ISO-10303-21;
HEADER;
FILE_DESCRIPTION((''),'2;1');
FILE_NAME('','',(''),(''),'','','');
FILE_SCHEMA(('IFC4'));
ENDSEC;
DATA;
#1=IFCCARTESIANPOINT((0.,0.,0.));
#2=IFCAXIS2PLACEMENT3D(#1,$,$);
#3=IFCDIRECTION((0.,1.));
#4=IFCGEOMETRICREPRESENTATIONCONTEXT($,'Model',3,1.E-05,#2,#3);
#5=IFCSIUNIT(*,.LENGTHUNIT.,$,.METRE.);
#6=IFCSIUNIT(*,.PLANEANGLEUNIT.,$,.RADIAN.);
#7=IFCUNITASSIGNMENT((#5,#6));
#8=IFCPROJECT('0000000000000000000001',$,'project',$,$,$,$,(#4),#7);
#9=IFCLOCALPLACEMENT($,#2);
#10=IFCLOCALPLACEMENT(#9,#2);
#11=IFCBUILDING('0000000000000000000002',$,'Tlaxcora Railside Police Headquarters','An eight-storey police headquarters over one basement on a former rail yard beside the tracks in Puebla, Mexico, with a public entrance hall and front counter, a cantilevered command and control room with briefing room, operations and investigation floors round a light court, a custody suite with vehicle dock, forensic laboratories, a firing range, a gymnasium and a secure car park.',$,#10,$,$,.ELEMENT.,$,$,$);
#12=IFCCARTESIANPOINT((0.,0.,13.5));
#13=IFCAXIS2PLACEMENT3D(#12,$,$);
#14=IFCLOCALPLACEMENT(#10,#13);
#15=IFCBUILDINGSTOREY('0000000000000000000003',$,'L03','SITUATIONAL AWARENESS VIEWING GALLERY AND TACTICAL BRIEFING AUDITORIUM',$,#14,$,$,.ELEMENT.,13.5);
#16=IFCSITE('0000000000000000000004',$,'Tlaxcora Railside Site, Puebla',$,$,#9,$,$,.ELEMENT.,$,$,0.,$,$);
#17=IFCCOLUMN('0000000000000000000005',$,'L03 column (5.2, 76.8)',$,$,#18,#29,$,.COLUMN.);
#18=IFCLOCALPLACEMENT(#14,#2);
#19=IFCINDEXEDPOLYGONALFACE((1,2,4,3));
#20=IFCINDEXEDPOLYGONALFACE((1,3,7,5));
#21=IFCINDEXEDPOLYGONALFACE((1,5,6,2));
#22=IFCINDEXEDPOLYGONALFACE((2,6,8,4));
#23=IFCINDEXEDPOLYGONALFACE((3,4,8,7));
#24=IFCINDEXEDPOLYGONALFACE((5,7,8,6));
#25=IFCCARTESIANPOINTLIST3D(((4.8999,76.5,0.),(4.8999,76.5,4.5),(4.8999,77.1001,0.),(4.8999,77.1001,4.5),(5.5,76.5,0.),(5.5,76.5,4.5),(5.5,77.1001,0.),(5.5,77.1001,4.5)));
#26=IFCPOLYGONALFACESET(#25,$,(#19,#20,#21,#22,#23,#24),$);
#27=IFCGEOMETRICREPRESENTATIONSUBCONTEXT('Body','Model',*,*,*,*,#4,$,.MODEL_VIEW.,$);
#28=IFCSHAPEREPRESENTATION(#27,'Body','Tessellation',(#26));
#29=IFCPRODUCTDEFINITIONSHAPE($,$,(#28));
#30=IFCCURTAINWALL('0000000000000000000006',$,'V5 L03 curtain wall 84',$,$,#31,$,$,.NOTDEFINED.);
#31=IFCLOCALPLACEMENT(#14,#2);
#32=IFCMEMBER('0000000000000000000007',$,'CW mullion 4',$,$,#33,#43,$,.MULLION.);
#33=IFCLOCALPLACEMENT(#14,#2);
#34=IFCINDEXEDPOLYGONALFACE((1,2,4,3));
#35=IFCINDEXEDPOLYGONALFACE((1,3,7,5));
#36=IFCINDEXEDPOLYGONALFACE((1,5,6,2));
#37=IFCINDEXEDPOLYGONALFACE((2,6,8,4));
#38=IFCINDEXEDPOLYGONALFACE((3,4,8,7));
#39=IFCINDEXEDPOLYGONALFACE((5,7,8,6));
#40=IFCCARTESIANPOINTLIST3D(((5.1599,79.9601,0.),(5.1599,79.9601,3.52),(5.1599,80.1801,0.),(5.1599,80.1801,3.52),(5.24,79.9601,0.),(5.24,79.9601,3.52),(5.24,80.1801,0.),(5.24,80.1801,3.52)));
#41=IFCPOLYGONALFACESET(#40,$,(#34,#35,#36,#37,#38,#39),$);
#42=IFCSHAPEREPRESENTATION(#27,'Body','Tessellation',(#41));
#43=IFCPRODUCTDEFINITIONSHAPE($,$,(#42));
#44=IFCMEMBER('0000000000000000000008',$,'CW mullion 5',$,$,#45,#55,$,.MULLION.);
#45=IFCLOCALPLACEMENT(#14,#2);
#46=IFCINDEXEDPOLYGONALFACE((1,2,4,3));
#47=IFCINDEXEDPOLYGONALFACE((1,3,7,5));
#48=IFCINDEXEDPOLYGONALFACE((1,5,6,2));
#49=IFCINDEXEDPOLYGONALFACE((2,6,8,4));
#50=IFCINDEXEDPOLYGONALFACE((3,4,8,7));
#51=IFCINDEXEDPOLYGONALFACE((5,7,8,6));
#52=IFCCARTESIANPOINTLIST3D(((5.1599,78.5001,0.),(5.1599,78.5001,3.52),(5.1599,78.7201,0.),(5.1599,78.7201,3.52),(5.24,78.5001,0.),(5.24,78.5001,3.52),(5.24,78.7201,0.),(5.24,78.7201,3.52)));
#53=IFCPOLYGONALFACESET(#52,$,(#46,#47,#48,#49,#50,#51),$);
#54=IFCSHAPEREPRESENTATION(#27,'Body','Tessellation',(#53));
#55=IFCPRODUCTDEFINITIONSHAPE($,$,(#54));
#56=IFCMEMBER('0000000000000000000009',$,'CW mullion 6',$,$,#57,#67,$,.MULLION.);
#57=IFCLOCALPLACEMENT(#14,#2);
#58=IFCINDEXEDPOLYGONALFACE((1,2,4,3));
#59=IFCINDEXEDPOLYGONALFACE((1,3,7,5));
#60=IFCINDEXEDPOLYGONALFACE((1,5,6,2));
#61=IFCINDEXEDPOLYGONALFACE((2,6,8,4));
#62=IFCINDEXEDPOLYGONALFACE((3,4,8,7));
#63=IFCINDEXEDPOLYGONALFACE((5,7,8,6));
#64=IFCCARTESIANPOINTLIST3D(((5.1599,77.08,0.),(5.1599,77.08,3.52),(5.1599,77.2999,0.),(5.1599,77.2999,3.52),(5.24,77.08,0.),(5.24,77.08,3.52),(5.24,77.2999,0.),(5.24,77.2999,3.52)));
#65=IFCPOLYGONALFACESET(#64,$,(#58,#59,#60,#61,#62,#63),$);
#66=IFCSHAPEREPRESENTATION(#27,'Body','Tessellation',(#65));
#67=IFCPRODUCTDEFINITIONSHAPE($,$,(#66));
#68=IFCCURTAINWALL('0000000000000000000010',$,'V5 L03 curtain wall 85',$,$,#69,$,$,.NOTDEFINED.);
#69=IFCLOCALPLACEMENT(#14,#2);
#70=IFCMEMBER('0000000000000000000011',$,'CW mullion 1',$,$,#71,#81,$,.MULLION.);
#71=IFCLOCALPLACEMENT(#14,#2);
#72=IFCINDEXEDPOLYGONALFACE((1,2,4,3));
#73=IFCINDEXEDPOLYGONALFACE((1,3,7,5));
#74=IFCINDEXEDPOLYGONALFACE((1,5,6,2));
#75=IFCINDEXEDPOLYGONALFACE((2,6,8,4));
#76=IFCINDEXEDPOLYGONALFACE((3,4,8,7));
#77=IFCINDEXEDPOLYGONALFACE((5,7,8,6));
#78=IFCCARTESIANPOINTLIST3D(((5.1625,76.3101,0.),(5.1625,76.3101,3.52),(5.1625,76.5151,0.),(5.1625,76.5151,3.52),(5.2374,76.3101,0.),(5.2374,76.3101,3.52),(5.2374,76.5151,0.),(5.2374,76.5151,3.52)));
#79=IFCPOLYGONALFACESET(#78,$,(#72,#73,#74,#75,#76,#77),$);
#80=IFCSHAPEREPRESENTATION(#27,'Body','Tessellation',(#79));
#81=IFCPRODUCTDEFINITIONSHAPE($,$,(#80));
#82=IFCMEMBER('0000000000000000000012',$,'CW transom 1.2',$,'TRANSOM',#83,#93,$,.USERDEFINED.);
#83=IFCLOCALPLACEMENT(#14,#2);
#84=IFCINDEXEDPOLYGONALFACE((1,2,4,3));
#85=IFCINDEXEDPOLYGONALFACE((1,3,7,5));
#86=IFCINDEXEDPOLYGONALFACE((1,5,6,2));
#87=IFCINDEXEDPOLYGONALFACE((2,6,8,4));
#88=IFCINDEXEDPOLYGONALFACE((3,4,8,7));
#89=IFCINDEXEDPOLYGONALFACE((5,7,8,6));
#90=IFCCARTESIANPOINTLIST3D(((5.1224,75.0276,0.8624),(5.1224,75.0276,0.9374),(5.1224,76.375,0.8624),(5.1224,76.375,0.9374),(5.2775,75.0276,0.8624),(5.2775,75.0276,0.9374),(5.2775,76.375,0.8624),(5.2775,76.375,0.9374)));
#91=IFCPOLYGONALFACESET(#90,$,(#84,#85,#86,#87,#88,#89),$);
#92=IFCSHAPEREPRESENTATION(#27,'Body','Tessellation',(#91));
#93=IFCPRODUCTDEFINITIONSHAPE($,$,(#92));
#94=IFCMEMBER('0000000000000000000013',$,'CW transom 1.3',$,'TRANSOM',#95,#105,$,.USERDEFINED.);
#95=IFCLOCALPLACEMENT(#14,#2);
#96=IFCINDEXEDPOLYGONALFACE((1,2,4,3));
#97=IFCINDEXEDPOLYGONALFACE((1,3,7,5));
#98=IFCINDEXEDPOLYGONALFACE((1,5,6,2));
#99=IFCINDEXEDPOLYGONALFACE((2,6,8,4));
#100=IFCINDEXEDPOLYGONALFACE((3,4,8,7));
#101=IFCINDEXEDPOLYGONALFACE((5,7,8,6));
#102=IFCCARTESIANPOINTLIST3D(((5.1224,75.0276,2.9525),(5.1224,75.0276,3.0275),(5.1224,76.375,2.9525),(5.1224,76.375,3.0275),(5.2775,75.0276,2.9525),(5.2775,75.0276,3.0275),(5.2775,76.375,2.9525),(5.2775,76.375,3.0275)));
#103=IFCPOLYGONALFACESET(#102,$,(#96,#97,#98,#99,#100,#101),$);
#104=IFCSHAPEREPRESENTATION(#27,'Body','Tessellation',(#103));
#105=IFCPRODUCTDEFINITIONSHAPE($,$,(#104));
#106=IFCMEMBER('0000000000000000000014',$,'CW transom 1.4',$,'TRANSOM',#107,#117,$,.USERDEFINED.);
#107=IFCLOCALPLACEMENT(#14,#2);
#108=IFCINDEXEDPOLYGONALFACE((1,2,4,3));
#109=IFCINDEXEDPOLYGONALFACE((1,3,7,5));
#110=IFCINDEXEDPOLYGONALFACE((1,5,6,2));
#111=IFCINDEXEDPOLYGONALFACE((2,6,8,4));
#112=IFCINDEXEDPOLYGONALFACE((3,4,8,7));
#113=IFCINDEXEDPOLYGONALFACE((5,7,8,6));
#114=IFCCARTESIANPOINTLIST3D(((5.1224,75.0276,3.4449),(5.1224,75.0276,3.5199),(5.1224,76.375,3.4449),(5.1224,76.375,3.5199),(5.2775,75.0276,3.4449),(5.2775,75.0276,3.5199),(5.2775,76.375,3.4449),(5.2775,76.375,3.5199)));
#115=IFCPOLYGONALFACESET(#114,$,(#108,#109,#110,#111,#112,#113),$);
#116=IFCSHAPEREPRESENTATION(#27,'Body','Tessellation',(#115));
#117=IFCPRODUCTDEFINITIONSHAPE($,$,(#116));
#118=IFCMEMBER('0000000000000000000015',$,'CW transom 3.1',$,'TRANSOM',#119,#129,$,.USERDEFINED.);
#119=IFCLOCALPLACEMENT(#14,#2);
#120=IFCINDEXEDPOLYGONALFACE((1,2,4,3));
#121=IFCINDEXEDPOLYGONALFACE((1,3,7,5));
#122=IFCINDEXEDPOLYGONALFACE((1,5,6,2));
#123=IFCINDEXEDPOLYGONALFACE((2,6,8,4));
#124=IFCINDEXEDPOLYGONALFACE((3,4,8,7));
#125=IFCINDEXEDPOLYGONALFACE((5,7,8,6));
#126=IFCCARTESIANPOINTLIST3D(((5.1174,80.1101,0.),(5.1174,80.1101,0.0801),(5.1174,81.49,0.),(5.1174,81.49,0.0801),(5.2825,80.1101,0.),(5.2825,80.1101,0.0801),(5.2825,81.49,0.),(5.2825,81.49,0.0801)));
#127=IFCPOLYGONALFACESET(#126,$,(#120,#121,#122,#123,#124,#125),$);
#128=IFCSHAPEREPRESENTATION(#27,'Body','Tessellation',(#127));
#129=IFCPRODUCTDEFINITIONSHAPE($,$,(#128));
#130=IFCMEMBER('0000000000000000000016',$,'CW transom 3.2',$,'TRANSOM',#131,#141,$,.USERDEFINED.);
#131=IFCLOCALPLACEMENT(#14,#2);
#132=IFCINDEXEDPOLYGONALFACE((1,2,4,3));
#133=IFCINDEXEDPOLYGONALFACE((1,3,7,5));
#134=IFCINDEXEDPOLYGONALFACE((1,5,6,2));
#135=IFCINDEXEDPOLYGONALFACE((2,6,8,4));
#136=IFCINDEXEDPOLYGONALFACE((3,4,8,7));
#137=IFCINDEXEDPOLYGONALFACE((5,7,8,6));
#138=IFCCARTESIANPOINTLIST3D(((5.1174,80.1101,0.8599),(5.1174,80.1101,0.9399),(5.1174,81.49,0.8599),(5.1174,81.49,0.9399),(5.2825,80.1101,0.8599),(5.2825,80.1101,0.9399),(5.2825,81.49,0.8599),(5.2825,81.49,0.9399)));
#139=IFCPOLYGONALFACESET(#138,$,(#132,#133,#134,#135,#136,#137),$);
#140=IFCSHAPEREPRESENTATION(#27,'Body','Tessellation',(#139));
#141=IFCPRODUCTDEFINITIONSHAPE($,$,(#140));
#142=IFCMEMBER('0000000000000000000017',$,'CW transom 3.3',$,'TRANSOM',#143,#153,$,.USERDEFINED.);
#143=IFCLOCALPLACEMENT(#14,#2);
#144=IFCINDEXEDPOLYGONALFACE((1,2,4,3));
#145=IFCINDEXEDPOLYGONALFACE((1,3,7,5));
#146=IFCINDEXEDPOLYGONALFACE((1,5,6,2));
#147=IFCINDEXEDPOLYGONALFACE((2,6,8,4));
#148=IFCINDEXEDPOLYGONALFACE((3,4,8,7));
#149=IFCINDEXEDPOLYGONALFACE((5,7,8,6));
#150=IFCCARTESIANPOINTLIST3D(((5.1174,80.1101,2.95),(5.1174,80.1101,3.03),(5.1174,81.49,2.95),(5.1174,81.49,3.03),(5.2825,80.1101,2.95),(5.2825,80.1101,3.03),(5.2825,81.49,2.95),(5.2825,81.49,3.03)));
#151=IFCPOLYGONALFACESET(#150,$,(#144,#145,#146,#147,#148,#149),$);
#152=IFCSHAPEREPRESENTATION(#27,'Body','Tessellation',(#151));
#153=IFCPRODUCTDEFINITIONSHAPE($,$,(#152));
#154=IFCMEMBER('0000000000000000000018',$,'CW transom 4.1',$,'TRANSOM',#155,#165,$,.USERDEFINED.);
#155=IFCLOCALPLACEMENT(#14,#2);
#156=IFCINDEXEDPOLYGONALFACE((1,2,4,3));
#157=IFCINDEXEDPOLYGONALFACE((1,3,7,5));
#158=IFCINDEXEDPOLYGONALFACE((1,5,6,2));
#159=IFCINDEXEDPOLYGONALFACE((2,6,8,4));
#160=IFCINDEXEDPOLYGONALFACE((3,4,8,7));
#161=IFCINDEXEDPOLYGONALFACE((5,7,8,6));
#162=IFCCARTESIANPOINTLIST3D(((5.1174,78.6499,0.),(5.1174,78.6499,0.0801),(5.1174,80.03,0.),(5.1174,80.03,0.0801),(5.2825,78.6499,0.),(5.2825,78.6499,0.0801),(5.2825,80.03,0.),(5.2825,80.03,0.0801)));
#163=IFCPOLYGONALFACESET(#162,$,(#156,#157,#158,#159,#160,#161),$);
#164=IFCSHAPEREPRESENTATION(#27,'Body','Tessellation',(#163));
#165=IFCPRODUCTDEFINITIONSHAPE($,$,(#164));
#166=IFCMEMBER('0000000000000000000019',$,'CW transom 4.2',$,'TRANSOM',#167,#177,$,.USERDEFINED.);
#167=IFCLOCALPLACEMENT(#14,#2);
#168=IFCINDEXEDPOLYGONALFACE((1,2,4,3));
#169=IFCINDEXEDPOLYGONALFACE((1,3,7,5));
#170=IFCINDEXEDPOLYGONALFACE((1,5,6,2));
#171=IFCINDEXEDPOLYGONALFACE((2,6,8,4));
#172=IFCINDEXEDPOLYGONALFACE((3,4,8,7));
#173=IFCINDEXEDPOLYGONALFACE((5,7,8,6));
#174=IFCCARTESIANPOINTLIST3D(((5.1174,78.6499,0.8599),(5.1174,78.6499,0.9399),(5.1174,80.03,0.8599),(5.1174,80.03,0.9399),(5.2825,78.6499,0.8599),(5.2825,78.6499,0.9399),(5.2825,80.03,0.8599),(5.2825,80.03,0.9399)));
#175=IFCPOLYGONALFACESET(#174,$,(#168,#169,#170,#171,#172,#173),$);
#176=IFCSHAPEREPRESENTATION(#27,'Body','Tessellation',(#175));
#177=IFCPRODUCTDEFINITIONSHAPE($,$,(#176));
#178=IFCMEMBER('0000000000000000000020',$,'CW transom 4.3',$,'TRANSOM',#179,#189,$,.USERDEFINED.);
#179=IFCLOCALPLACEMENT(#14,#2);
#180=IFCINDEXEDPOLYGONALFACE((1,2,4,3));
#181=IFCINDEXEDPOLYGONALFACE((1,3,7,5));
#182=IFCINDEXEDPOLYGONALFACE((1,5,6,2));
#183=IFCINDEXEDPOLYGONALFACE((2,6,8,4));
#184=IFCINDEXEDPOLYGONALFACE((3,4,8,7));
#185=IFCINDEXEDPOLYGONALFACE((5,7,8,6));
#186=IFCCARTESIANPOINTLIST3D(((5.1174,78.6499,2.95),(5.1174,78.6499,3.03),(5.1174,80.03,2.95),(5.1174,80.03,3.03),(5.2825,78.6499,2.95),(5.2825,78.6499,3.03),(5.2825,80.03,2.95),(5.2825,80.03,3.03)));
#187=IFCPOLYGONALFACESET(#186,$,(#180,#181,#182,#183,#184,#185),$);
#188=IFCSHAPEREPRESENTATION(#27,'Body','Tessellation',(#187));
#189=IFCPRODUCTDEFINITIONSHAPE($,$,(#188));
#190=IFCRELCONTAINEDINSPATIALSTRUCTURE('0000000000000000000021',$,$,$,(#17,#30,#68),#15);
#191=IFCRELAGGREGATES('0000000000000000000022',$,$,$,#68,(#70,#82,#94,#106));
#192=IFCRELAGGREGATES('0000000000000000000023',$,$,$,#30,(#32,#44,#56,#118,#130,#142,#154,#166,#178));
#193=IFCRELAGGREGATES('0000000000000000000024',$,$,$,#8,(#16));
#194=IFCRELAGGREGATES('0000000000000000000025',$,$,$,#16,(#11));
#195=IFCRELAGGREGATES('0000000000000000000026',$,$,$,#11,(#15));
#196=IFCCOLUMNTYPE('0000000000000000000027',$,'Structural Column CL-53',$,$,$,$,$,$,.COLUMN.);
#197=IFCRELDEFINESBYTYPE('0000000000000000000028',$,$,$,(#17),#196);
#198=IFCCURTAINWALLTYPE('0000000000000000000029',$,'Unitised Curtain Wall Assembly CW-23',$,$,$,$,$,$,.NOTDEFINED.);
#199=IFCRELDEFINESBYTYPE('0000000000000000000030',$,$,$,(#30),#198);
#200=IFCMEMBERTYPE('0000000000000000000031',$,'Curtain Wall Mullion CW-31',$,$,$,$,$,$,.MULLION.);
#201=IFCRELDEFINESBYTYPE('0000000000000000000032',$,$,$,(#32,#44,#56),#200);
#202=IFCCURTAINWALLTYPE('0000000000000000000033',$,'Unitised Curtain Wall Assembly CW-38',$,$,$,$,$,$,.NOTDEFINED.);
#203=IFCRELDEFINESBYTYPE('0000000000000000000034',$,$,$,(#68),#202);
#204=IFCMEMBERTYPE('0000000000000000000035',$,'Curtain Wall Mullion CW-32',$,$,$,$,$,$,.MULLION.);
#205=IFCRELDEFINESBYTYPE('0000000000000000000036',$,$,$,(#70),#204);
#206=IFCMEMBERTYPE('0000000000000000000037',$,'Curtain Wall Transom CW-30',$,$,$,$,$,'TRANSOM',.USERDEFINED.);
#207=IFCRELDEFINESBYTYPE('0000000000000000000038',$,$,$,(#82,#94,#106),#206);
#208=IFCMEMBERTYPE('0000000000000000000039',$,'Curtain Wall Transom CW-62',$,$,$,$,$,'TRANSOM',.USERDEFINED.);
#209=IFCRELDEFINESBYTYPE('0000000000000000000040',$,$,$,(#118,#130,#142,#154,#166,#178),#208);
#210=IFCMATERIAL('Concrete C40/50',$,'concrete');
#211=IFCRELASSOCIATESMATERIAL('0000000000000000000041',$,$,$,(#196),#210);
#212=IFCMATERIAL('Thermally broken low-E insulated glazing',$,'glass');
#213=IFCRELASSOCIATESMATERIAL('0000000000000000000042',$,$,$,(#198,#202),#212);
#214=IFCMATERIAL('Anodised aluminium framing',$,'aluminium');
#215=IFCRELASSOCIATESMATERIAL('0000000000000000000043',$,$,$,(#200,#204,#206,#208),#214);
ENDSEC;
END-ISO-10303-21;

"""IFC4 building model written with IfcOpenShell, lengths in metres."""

from ifc_helpers import new_model, si_unit, direction, frame, origin, origin_2d, place, context, subcontext, project, spatial, rectangle, extrude, material, material_profile, profile_set, type_object, element, aggregate, save


model = new_model("IFC4")

# Units and contexts
model_context = context("Model", 3, precision=1e-05, world=origin(), true_north=direction((0.0, 1.0)))
body_context = subcontext(model_context, "Body", "Model", "MODEL_VIEW")
ifc_project = project(units=[si_unit("LENGTHUNIT", "METRE"), si_unit("PLANEANGLEUNIT", "RADIAN")], contexts=[model_context])

# Site, building, storey
site_placement = place(None, origin())
site = spatial("IfcSite", under=ifc_project, at=site_placement, Name="Tlaxcora Railside Site, Puebla", CompositionType="ELEMENT", RefElevation=0.0)
building_placement = place(site_placement, origin())
building = spatial("IfcBuilding", under=site, at=building_placement, Name="Tlaxcora Railside Police Headquarters", Description="An eight-storey police headquarters over one basement on a former rail yard beside the tracks in Puebla, Mexico, with a public entrance hall and front counter, a cantilevered command and control room with briefing room, operations and investigation floors round a light court, a custody suite with vehicle dock, forensic laboratories, a firing range, a gymnasium and a secure car park.", CompositionType="ELEMENT")
storey_placement = place(building_placement, frame((0.0, 0.0, 13.5)))
storey = spatial("IfcBuildingStorey", under=building, at=storey_placement, Name="L03", Description="SITUATIONAL AWARENESS VIEWING GALLERY AND TACTICAL BRIEFING AUDITORIUM", CompositionType="ELEMENT", Elevation=13.5)

# Column
ifc_material_1 = material(Name="Concrete C40/50", Category="concrete")
ifc_material_profile_1 = material_profile(ifc_material_1, rectangle(XDim=0.6001, YDim=0.6001, at=origin_2d()), Name="RC600X600")
ifc_profile_set_1 = profile_set([ifc_material_profile_1], Name="Concrete C40/50")
column_type = type_object("IfcColumnType", Name="Structural Column CL-53", PredefinedType="COLUMN", material=ifc_profile_set_1)
column_placement = place(storey_placement, frame((5.2, 76.8, 0.0), z_axis=(0.0, 0.0, 1.0), x_axis=(1.0, 0.0, 0.0)))
element("IfcColumn", 1, at=column_placement, inside=storey, type_object=column_type, Name="L03 column (5.2, 76.8)", PredefinedType="COLUMN", context=body_context, shape_type="SweptSolid", body=[
    extrude(rectangle(XDim=0.6001, YDim=0.6001, at=origin_2d()), origin(), (0.0, 0.0, 1.0), 4.5),
])

# Curtain walls, members
ifc_material_2 = material(Name="Thermally broken low-E insulated glazing", Category="glass")
curtain_wall_type_1 = type_object("IfcCurtainWallType", Name="Unitised Curtain Wall Assembly CW-23", PredefinedType="NOTDEFINED", material=ifc_material_2)
curtain_wall_1_placement = place(storey_placement, origin())
curtain_wall_1 = element("IfcCurtainWall", 2, at=curtain_wall_1_placement, inside=storey, type_object=curtain_wall_type_1, Name="V5 L03 curtain wall 84", PredefinedType="NOTDEFINED")
ifc_material_3 = material(Name="Anodised aluminium framing", Category="aluminium")
ifc_material_profile_2 = material_profile(ifc_material_3, rectangle(XDim=0.0801, YDim=0.22, at=origin_2d()), Name="AL80X220")
ifc_profile_set_2 = profile_set([ifc_material_profile_2], Name="Anodised aluminium framing")
member_type_1 = type_object("IfcMemberType", Name="Curtain Wall Mullion CW-31", PredefinedType="MULLION", material=ifc_profile_set_2)
member_1_placement = place(storey_placement, frame((5.2, 80.0701, 0.0), z_axis=(0.0, 0.0, 1.0), x_axis=(1.0, 0.0, 0.0)))
member_1 = element("IfcMember", 3, at=member_1_placement, type_object=member_type_1, Name="CW mullion 4", PredefinedType="MULLION", context=body_context, shape_type="SweptSolid", body=[
    extrude(rectangle(XDim=0.0801, YDim=0.22, at=origin_2d()), origin(), (0.0, 0.0, 1.0), 3.52),
])
member_2_placement = place(storey_placement, frame((5.2, 78.6101, 0.0), z_axis=(0.0, 0.0, 1.0), x_axis=(1.0, 0.0, 0.0)))
member_2 = element("IfcMember", 4, at=member_2_placement, type_object=member_type_1, Name="CW mullion 5", PredefinedType="MULLION", context=body_context, shape_type="SweptSolid", body=[
    extrude(rectangle(XDim=0.0801, YDim=0.22, at=origin_2d()), origin(), (0.0, 0.0, 1.0), 3.52),
])
member_3_placement = place(storey_placement, frame((5.2, 77.1899, 0.0), z_axis=(0.0, 0.0, 1.0), x_axis=(1.0, 0.0, 0.0)))
member_3 = element("IfcMember", 5, at=member_3_placement, type_object=member_type_1, Name="CW mullion 6", PredefinedType="MULLION", context=body_context, shape_type="SweptSolid", body=[
    extrude(rectangle(XDim=0.0801, YDim=0.22, at=origin_2d()), origin(), (0.0, 0.0, 1.0), 3.52),
])
curtain_wall_type_2 = type_object("IfcCurtainWallType", Name="Unitised Curtain Wall Assembly CW-38", PredefinedType="NOTDEFINED", material=ifc_material_2)
curtain_wall_2_placement = place(storey_placement, origin())
curtain_wall_2 = element("IfcCurtainWall", 6, at=curtain_wall_2_placement, inside=storey, type_object=curtain_wall_type_2, Name="V5 L03 curtain wall 85", PredefinedType="NOTDEFINED")
ifc_material_profile_3 = material_profile(ifc_material_3, rectangle(XDim=0.075, YDim=0.2051, at=origin_2d()), Name="AL75X205")
ifc_profile_set_3 = profile_set([ifc_material_profile_3], Name="Anodised aluminium framing")
member_type_2 = type_object("IfcMemberType", Name="Curtain Wall Mullion CW-32", PredefinedType="MULLION", material=ifc_profile_set_3)
member_4_placement = place(storey_placement, frame((5.2, 76.4126, 0.0), z_axis=(0.0, 0.0, 1.0), x_axis=(1.0, 0.0, 0.0)))
member_4 = element("IfcMember", 7, at=member_4_placement, type_object=member_type_2, Name="CW mullion 1", PredefinedType="MULLION", context=body_context, shape_type="SweptSolid", body=[
    extrude(rectangle(XDim=0.075, YDim=0.2051, at=origin_2d()), origin(), (0.0, 0.0, 1.0), 3.52),
])
ifc_material_profile_4 = material_profile(ifc_material_3, rectangle(XDim=0.155, YDim=0.075, at=origin_2d()), Name="AL75X155")
ifc_profile_set_4 = profile_set([ifc_material_profile_4], Name="Anodised aluminium framing")
member_type_3 = type_object("IfcMemberType", Name="Curtain Wall Transom CW-30", ElementType="TRANSOM", PredefinedType="USERDEFINED", material=ifc_profile_set_4)
member_5_placement = place(storey_placement, frame((5.2, 76.375, 0.8999), z_axis=(0.0, -1.0, 0.0), x_axis=(1.0, 0.0, 0.0)))
member_5 = element("IfcMember", 8, at=member_5_placement, type_object=member_type_3, Name="CW transom 1.2", ObjectType="TRANSOM", PredefinedType="USERDEFINED", context=body_context, shape_type="SweptSolid", body=[
    extrude(rectangle(XDim=0.155, YDim=0.075, at=origin_2d()), origin(), (0.0, 0.0, 1.0), 1.3474),
])
member_6_placement = place(storey_placement, frame((5.2, 76.375, 2.99), z_axis=(0.0, -1.0, 0.0), x_axis=(1.0, 0.0, 0.0)))
member_6 = element("IfcMember", 9, at=member_6_placement, type_object=member_type_3, Name="CW transom 1.3", ObjectType="TRANSOM", PredefinedType="USERDEFINED", context=body_context, shape_type="SweptSolid", body=[
    extrude(rectangle(XDim=0.155, YDim=0.075, at=origin_2d()), origin(), (0.0, 0.0, 1.0), 1.3474),
])
member_7_placement = place(storey_placement, frame((5.2, 76.375, 3.4824), z_axis=(0.0, -1.0, 0.0), x_axis=(1.0, 0.0, 0.0)))
member_7 = element("IfcMember", 10, at=member_7_placement, type_object=member_type_3, Name="CW transom 1.4", ObjectType="TRANSOM", PredefinedType="USERDEFINED", context=body_context, shape_type="SweptSolid", body=[
    extrude(rectangle(XDim=0.155, YDim=0.075, at=origin_2d()), origin(), (0.0, 0.0, 1.0), 1.3474),
])
aggregate(curtain_wall_2, [member_4, member_5, member_6, member_7])

# Members
ifc_material_profile_5 = material_profile(ifc_material_3, rectangle(XDim=0.165, YDim=0.0801, at=origin_2d()), Name="AL80X165")
ifc_profile_set_5 = profile_set([ifc_material_profile_5], Name="Anodised aluminium framing")
member_type_4 = type_object("IfcMemberType", Name="Curtain Wall Transom CW-62", ElementType="TRANSOM", PredefinedType="USERDEFINED", material=ifc_profile_set_5)
member_8_placement = place(storey_placement, frame((5.2, 81.49, 0.04), z_axis=(0.0, -1.0, 0.0), x_axis=(1.0, 0.0, 0.0)))
member_8 = element("IfcMember", 11, at=member_8_placement, type_object=member_type_4, Name="CW transom 3.1", ObjectType="TRANSOM", PredefinedType="USERDEFINED", context=body_context, shape_type="SweptSolid", body=[
    extrude(rectangle(XDim=0.165, YDim=0.0801, at=origin_2d()), origin(), (0.0, 0.0, 1.0), 1.3799),
])
member_9_placement = place(storey_placement, frame((5.2, 81.49, 0.8999), z_axis=(0.0, -1.0, 0.0), x_axis=(1.0, 0.0, 0.0)))
member_9 = element("IfcMember", 12, at=member_9_placement, type_object=member_type_4, Name="CW transom 3.2", ObjectType="TRANSOM", PredefinedType="USERDEFINED", context=body_context, shape_type="SweptSolid", body=[
    extrude(rectangle(XDim=0.165, YDim=0.0801, at=origin_2d()), origin(), (0.0, 0.0, 1.0), 1.3799),
])
member_10_placement = place(storey_placement, frame((5.2, 81.49, 2.99), z_axis=(0.0, -1.0, 0.0), x_axis=(1.0, 0.0, 0.0)))
member_10 = element("IfcMember", 13, at=member_10_placement, type_object=member_type_4, Name="CW transom 3.3", ObjectType="TRANSOM", PredefinedType="USERDEFINED", context=body_context, shape_type="SweptSolid", body=[
    extrude(rectangle(XDim=0.165, YDim=0.0801, at=origin_2d()), origin(), (0.0, 0.0, 1.0), 1.3799),
])
member_11_placement = place(storey_placement, frame((5.2, 80.03, 0.04), z_axis=(0.0, -1.0, 0.0), x_axis=(1.0, 0.0, 0.0)))
member_11 = element("IfcMember", 14, at=member_11_placement, type_object=member_type_4, Name="CW transom 4.1", ObjectType="TRANSOM", PredefinedType="USERDEFINED", context=body_context, shape_type="SweptSolid", body=[
    extrude(rectangle(XDim=0.165, YDim=0.0801, at=origin_2d()), origin(), (0.0, 0.0, 1.0), 1.3801),
])
member_12_placement = place(storey_placement, frame((5.2, 80.03, 0.8999), z_axis=(0.0, -1.0, 0.0), x_axis=(1.0, 0.0, 0.0)))
member_12 = element("IfcMember", 15, at=member_12_placement, type_object=member_type_4, Name="CW transom 4.2", ObjectType="TRANSOM", PredefinedType="USERDEFINED", context=body_context, shape_type="SweptSolid", body=[
    extrude(rectangle(XDim=0.165, YDim=0.0801, at=origin_2d()), origin(), (0.0, 0.0, 1.0), 1.3801),
])
member_13_placement = place(storey_placement, frame((5.2, 80.03, 2.99), z_axis=(0.0, -1.0, 0.0), x_axis=(1.0, 0.0, 0.0)))
member_13 = element("IfcMember", 16, at=member_13_placement, type_object=member_type_4, Name="CW transom 4.3", ObjectType="TRANSOM", PredefinedType="USERDEFINED", context=body_context, shape_type="SweptSolid", body=[
    extrude(rectangle(XDim=0.165, YDim=0.0801, at=origin_2d()), origin(), (0.0, 0.0, 1.0), 1.3801),
])

aggregate(curtain_wall_1, [member_1, member_2, member_3, member_8, member_9, member_10, member_11, member_12, member_13])

save(model, "model.ifc")
